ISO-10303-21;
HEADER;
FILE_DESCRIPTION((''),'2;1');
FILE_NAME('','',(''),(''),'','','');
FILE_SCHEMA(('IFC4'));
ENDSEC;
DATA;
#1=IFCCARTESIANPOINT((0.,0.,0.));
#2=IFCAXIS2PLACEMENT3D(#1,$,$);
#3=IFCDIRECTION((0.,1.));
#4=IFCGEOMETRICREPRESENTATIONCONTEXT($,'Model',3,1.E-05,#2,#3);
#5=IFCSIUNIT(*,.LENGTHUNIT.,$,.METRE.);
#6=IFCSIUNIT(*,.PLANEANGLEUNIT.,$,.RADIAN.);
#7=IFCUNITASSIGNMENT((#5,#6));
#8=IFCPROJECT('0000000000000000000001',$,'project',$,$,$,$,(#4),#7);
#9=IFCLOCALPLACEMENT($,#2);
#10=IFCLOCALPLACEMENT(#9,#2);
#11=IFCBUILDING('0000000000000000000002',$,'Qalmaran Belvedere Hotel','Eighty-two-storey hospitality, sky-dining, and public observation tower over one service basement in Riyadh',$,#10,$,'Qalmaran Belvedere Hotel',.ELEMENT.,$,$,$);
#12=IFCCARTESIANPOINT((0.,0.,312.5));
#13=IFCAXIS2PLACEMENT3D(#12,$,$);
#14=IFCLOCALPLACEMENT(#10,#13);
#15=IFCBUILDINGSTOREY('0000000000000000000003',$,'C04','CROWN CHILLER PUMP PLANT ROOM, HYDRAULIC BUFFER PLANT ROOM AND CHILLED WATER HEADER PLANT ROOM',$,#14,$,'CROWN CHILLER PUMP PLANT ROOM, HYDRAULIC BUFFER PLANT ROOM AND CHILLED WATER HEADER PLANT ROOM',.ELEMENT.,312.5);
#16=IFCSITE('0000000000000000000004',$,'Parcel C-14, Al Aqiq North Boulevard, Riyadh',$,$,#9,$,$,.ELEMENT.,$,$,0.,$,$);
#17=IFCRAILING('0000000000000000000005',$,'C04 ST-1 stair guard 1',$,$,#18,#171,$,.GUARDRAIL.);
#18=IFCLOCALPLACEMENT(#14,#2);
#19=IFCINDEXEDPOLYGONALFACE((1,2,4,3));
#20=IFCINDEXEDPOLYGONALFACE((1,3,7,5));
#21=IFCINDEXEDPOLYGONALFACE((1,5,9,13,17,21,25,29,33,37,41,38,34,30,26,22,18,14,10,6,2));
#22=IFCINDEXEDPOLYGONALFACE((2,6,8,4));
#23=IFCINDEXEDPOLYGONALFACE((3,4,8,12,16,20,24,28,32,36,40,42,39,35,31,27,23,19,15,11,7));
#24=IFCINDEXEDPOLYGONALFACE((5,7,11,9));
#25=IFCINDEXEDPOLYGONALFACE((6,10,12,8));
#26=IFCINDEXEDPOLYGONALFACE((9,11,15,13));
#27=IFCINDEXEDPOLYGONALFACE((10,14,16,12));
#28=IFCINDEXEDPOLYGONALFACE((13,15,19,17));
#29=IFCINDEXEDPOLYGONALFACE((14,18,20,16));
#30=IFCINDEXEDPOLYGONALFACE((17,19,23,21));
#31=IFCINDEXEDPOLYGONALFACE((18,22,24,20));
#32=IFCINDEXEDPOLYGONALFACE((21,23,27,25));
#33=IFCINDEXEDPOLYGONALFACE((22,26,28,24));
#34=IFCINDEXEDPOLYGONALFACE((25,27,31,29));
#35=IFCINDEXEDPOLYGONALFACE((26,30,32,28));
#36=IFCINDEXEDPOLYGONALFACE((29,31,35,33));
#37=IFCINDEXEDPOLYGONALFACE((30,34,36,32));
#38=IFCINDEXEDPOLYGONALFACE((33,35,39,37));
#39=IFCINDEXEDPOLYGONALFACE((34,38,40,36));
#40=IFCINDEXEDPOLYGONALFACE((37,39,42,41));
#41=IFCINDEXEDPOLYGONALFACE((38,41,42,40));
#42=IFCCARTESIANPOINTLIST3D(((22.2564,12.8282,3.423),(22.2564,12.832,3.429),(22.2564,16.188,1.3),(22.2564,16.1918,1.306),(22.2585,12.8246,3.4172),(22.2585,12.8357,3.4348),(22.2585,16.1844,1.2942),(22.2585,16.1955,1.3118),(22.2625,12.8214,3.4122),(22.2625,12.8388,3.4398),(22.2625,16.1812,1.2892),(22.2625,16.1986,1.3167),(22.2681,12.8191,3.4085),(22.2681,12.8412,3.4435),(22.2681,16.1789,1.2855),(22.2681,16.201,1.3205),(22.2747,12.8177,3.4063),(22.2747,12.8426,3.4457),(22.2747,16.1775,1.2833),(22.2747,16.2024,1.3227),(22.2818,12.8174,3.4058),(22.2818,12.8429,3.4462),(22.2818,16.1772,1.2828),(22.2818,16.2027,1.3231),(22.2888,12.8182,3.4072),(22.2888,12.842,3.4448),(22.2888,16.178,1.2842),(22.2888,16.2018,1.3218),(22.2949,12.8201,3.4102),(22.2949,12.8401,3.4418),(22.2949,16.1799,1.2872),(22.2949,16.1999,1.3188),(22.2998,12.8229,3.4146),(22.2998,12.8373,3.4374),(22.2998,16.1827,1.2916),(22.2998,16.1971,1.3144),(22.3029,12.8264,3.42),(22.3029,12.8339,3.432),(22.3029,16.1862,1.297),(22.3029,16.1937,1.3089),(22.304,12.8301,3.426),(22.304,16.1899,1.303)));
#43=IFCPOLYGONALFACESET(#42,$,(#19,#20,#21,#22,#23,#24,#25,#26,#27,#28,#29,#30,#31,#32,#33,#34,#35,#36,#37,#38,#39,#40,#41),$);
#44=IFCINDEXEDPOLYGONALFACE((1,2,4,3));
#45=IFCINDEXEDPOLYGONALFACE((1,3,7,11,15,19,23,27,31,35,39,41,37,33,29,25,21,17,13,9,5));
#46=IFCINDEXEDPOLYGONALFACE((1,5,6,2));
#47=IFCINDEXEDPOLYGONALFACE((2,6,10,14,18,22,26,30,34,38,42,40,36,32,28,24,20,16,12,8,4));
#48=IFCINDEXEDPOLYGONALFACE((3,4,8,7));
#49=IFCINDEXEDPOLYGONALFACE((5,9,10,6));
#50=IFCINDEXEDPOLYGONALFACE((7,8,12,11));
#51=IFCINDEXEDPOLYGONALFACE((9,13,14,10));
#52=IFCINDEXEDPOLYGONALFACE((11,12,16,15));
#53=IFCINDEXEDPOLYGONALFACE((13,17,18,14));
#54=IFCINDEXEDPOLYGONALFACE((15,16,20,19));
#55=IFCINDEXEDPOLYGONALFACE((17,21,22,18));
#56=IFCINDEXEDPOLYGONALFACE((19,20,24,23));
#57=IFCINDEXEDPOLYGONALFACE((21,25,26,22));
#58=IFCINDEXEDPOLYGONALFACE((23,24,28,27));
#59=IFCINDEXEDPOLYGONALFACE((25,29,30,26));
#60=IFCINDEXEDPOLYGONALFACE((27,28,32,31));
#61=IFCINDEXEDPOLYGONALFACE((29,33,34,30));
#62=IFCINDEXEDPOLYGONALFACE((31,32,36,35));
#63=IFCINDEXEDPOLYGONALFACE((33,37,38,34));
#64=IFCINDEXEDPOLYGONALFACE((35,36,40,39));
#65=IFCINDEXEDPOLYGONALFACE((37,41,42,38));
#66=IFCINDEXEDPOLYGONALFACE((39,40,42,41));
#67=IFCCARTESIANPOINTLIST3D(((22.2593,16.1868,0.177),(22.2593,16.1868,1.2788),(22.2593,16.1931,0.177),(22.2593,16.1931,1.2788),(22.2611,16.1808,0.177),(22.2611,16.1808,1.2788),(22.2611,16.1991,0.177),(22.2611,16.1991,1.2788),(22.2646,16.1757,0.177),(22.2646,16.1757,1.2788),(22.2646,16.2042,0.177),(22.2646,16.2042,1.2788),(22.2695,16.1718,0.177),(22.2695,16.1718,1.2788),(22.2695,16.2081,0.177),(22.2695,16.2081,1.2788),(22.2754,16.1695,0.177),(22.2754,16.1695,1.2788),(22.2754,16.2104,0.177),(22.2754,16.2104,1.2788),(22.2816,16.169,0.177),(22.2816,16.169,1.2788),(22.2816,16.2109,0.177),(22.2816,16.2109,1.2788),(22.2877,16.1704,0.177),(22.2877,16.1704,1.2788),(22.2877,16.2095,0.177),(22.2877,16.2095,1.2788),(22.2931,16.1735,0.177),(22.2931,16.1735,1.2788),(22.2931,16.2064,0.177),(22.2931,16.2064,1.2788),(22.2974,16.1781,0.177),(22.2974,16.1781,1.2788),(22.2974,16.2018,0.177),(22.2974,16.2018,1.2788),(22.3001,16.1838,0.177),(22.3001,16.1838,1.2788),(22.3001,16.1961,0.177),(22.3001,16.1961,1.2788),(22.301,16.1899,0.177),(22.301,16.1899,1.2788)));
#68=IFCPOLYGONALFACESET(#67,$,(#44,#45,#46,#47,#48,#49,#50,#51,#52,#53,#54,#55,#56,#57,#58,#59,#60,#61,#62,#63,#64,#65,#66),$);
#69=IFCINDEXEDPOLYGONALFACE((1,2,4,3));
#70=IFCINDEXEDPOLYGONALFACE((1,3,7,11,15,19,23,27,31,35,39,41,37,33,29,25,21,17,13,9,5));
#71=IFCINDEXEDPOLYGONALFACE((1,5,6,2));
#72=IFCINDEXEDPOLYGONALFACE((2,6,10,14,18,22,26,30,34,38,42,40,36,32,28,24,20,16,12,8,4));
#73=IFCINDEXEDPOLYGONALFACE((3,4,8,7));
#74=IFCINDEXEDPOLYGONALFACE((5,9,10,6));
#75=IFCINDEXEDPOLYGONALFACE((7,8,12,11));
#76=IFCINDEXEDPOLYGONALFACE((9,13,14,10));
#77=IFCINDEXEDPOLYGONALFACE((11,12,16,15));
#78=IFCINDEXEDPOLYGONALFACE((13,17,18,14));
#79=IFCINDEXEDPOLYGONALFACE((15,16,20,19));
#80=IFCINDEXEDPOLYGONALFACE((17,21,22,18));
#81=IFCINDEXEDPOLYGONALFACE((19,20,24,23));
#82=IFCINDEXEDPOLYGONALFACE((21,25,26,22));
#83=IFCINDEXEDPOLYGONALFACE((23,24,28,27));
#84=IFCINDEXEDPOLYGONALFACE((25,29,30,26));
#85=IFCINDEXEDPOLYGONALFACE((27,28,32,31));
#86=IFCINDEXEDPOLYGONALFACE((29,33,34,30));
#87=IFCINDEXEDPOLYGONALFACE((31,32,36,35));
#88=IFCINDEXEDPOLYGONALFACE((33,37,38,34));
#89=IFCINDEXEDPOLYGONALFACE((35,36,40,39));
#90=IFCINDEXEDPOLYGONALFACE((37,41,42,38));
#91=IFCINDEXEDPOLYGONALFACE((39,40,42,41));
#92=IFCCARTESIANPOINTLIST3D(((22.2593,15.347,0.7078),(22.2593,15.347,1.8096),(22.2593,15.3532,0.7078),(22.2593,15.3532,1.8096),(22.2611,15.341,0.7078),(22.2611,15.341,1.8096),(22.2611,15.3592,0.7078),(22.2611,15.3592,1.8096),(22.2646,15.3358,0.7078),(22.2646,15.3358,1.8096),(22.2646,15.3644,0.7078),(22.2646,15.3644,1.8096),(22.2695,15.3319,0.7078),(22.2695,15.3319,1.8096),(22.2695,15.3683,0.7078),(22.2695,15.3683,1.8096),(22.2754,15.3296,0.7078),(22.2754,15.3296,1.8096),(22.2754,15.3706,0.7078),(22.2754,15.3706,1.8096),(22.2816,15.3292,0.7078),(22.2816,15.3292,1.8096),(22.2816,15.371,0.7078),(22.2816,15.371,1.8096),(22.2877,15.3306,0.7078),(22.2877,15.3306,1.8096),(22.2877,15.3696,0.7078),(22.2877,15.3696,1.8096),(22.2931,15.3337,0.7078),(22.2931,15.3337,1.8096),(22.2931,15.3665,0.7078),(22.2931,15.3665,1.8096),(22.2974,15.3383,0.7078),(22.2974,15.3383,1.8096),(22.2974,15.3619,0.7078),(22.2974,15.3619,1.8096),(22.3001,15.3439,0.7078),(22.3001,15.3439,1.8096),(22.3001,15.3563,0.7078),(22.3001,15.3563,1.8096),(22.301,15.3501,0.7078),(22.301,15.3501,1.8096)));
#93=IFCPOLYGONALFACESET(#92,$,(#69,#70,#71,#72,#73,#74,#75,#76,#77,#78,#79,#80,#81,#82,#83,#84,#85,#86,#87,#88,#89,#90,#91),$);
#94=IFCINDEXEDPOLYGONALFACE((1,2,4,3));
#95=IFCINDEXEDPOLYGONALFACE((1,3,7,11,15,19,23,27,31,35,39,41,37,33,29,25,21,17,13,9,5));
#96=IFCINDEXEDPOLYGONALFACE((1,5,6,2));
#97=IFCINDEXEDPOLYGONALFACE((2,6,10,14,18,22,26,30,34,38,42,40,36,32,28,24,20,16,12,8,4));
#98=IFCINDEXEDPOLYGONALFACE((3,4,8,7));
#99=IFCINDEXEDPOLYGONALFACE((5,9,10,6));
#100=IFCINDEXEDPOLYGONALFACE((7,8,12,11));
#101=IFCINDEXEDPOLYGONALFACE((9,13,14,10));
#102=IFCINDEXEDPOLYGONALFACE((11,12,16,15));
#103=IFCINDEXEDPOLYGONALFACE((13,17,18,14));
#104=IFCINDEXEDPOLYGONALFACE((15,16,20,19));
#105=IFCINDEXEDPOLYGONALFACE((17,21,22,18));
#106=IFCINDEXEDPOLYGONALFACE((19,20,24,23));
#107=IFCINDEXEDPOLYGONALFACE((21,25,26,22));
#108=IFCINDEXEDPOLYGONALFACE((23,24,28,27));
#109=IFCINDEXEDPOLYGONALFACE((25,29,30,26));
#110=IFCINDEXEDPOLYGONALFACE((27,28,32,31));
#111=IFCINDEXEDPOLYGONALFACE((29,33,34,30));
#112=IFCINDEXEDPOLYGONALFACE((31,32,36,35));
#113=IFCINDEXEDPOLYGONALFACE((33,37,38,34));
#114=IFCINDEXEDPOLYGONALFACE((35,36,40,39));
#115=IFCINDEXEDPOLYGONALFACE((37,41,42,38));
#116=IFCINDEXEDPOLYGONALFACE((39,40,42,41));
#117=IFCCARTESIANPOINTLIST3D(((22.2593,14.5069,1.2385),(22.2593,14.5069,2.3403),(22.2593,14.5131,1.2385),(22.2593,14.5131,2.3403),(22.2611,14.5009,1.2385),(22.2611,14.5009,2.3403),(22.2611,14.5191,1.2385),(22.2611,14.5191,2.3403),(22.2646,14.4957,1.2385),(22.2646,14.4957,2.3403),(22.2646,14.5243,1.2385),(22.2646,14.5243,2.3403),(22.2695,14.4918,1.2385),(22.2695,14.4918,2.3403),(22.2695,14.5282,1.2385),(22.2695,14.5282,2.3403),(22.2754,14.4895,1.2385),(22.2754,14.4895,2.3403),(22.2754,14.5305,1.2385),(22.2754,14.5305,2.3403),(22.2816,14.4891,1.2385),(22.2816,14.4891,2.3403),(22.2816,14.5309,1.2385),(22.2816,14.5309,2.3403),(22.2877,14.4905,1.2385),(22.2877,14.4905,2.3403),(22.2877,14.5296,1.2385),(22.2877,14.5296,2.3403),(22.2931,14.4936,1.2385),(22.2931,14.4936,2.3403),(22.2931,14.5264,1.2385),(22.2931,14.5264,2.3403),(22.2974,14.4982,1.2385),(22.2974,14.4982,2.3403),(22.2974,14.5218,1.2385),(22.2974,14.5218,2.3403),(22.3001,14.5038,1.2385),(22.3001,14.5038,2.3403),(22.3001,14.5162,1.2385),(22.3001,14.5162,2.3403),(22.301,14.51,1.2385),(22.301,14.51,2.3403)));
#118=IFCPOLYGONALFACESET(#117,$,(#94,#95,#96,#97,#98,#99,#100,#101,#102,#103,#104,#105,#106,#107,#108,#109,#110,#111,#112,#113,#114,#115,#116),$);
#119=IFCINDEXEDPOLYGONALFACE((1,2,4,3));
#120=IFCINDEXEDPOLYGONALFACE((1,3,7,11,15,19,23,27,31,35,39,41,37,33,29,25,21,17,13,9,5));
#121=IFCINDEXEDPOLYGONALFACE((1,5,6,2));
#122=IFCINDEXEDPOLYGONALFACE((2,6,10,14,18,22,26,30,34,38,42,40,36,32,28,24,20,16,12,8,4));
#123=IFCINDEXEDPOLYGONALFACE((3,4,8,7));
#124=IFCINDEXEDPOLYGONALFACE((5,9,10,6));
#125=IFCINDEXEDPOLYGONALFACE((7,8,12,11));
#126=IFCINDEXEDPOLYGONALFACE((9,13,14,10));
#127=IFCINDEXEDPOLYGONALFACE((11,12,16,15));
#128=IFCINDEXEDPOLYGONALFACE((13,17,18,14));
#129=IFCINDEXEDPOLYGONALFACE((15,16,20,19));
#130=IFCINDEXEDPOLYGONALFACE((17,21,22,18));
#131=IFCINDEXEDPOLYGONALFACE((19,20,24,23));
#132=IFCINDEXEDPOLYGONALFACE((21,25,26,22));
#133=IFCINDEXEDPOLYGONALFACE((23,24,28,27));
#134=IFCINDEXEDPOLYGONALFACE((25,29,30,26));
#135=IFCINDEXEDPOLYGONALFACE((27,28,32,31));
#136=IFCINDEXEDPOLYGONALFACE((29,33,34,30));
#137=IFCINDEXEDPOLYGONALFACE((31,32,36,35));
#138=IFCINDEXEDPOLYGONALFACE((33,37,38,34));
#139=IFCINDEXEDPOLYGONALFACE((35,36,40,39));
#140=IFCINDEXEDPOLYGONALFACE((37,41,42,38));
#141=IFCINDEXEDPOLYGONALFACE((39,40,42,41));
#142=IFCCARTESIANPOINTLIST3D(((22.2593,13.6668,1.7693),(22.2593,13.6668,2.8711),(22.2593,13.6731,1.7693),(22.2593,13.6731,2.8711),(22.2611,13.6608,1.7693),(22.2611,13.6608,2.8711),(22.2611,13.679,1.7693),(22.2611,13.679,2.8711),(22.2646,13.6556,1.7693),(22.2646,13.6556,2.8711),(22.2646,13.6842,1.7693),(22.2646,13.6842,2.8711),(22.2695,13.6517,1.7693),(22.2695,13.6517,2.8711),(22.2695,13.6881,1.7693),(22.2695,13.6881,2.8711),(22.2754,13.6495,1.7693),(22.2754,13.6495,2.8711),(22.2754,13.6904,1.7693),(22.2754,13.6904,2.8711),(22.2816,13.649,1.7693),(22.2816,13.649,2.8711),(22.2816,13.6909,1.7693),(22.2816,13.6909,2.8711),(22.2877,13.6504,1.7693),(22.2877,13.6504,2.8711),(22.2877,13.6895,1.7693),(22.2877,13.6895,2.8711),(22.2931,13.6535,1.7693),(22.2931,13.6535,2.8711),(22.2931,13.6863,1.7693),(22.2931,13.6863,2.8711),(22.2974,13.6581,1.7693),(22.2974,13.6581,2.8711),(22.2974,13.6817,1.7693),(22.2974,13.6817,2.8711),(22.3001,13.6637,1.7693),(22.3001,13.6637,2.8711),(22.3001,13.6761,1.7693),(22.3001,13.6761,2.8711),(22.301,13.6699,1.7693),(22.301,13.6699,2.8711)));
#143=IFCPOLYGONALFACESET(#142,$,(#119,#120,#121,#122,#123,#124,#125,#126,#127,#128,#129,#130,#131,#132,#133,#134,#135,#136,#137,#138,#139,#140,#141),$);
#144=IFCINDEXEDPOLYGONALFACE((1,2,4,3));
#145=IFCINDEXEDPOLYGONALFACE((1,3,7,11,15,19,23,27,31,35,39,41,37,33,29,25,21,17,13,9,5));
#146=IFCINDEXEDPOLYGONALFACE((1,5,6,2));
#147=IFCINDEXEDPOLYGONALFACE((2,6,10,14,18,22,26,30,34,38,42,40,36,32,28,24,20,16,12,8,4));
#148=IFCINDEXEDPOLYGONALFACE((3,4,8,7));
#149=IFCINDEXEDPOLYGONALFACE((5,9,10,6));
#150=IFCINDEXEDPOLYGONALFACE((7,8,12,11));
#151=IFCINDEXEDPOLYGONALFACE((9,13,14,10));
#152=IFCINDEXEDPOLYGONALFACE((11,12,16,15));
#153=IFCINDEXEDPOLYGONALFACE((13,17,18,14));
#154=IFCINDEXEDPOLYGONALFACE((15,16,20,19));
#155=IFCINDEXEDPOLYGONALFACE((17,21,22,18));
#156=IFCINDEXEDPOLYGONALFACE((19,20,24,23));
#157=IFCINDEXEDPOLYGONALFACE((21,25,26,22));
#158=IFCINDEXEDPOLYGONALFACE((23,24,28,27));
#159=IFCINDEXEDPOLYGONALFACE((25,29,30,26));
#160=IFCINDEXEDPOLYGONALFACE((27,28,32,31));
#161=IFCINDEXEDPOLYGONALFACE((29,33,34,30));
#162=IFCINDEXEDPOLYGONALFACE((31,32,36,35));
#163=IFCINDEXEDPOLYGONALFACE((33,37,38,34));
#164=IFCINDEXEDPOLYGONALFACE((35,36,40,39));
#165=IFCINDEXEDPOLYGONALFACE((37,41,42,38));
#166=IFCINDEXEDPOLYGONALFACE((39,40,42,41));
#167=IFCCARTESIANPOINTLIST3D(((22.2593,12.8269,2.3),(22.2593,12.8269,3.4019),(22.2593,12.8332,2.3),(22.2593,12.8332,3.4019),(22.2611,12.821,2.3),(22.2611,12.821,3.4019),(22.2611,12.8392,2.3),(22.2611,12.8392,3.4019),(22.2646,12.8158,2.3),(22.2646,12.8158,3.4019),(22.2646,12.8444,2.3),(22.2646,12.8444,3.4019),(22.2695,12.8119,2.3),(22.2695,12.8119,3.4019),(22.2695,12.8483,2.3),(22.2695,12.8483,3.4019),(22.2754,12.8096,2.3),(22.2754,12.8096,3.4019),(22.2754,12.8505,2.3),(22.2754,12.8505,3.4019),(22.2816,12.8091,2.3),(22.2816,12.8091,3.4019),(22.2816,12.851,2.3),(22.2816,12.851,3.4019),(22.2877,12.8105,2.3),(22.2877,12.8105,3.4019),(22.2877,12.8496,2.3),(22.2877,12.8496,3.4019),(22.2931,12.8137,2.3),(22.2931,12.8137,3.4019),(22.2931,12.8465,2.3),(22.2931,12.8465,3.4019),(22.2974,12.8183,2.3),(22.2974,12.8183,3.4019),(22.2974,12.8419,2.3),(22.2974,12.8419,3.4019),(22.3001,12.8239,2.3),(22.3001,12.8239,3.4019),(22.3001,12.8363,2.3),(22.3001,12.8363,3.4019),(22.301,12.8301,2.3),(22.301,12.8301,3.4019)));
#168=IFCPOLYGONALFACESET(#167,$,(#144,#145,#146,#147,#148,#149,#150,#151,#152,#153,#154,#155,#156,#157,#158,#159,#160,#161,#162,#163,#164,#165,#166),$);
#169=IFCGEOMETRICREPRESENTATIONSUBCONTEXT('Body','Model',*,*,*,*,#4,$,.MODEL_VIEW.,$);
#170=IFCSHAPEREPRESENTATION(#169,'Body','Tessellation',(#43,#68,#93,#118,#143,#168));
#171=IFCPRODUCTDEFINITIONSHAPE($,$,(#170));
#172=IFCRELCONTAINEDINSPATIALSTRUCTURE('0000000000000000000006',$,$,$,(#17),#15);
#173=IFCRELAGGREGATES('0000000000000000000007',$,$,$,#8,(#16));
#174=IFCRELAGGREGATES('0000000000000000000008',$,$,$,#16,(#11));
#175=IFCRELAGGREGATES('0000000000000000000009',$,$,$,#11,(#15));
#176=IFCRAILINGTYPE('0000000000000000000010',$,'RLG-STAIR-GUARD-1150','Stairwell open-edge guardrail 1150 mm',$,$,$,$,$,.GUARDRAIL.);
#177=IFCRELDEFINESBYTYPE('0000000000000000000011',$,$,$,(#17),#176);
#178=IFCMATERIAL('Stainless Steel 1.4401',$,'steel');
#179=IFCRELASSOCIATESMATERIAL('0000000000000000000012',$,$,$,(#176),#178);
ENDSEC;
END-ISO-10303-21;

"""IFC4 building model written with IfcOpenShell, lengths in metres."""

from ifc_helpers import new_model, si_unit, direction, frame, origin, origin_2d, place, context, subcontext, project, spatial, circle, extrude, material, type_object, element, save


model = new_model("IFC4")

# Units and contexts
model_context = context("Model", 3, precision=1e-05, world=origin(), true_north=direction((0.0, 1.0)))
body_context = subcontext(model_context, "Body", "Model", "MODEL_VIEW")
ifc_project = project(units=[si_unit("LENGTHUNIT", "METRE"), si_unit("PLANEANGLEUNIT", "RADIAN")], contexts=[model_context])

# Site, building, storey
site_placement = place(None, origin())
site = spatial("IfcSite", under=ifc_project, at=site_placement, Name="Parcel C-14, Al Aqiq North Boulevard, Riyadh", CompositionType="ELEMENT", RefElevation=0.0)
building_placement = place(site_placement, origin())
building = spatial("IfcBuilding", under=site, at=building_placement, Name="Qalmaran Belvedere Hotel", Description="Eighty-two-storey hospitality, sky-dining, and public observation tower over one service basement in Riyadh", LongName="Qalmaran Belvedere Hotel", CompositionType="ELEMENT")
storey_placement = place(building_placement, frame((0.0, 0.0, 312.5)))
storey = spatial("IfcBuildingStorey", under=building, at=storey_placement, Name="C04", Description="CROWN CHILLER PUMP PLANT ROOM, HYDRAULIC BUFFER PLANT ROOM AND CHILLED WATER HEADER PLANT ROOM", LongName="CROWN CHILLER PUMP PLANT ROOM, HYDRAULIC BUFFER PLANT ROOM AND CHILLED WATER HEADER PLANT ROOM", CompositionType="ELEMENT", Elevation=312.5)

# Shared definitions
ifc_material_1 = material(Name="Stainless Steel 1.4401", Category="steel")

# Railing
railing_type_1 = type_object("IfcRailingType", Name="RLG-STAIR-GUARD-1150", Description="Stairwell open-edge guardrail 1150 mm", PredefinedType="GUARDRAIL", material=ifc_material_1)
railing_1_placement = place(storey_placement, frame((22.28, 16.1899, 0.177)))
element("IfcRailing", 1, at=railing_1_placement, inside=storey, type_object=railing_type_1, Name="C04 ST-1 stair guard 1", PredefinedType="GUARDRAIL", context=body_context, shape_type="SweptSolid", body=[
    extrude(circle(Radius=0.0239, at=origin_2d()), frame((0.0, 0.0, 1.126), z_axis=(0.0, -0.845372, 0.534178), x_axis=(1.0, 0.0, 0.0)), (0.0, 0.0, 1.0), 3.9744),
    extrude(circle(Radius=0.021, at=origin_2d()), origin(), (0.0, 0.0, 1.0), 1.1018),
    extrude(circle(Radius=0.021, at=origin_2d()), frame((0.0, -0.8398, 0.5308)), (0.0, 0.0, 1.0), 1.1018),
    extrude(circle(Radius=0.021, at=origin_2d()), frame((0.0, -1.6799, 1.0615)), (0.0, 0.0, 1.0), 1.1018),
    extrude(circle(Radius=0.021, at=origin_2d()), frame((0.0, -2.52, 1.5923)), (0.0, 0.0, 1.0), 1.1018),
    extrude(circle(Radius=0.021, at=origin_2d()), frame((0.0, -3.3599, 2.123)), (0.0, 0.0, 1.0), 1.1018),
])

save(model, "model.ifc")
